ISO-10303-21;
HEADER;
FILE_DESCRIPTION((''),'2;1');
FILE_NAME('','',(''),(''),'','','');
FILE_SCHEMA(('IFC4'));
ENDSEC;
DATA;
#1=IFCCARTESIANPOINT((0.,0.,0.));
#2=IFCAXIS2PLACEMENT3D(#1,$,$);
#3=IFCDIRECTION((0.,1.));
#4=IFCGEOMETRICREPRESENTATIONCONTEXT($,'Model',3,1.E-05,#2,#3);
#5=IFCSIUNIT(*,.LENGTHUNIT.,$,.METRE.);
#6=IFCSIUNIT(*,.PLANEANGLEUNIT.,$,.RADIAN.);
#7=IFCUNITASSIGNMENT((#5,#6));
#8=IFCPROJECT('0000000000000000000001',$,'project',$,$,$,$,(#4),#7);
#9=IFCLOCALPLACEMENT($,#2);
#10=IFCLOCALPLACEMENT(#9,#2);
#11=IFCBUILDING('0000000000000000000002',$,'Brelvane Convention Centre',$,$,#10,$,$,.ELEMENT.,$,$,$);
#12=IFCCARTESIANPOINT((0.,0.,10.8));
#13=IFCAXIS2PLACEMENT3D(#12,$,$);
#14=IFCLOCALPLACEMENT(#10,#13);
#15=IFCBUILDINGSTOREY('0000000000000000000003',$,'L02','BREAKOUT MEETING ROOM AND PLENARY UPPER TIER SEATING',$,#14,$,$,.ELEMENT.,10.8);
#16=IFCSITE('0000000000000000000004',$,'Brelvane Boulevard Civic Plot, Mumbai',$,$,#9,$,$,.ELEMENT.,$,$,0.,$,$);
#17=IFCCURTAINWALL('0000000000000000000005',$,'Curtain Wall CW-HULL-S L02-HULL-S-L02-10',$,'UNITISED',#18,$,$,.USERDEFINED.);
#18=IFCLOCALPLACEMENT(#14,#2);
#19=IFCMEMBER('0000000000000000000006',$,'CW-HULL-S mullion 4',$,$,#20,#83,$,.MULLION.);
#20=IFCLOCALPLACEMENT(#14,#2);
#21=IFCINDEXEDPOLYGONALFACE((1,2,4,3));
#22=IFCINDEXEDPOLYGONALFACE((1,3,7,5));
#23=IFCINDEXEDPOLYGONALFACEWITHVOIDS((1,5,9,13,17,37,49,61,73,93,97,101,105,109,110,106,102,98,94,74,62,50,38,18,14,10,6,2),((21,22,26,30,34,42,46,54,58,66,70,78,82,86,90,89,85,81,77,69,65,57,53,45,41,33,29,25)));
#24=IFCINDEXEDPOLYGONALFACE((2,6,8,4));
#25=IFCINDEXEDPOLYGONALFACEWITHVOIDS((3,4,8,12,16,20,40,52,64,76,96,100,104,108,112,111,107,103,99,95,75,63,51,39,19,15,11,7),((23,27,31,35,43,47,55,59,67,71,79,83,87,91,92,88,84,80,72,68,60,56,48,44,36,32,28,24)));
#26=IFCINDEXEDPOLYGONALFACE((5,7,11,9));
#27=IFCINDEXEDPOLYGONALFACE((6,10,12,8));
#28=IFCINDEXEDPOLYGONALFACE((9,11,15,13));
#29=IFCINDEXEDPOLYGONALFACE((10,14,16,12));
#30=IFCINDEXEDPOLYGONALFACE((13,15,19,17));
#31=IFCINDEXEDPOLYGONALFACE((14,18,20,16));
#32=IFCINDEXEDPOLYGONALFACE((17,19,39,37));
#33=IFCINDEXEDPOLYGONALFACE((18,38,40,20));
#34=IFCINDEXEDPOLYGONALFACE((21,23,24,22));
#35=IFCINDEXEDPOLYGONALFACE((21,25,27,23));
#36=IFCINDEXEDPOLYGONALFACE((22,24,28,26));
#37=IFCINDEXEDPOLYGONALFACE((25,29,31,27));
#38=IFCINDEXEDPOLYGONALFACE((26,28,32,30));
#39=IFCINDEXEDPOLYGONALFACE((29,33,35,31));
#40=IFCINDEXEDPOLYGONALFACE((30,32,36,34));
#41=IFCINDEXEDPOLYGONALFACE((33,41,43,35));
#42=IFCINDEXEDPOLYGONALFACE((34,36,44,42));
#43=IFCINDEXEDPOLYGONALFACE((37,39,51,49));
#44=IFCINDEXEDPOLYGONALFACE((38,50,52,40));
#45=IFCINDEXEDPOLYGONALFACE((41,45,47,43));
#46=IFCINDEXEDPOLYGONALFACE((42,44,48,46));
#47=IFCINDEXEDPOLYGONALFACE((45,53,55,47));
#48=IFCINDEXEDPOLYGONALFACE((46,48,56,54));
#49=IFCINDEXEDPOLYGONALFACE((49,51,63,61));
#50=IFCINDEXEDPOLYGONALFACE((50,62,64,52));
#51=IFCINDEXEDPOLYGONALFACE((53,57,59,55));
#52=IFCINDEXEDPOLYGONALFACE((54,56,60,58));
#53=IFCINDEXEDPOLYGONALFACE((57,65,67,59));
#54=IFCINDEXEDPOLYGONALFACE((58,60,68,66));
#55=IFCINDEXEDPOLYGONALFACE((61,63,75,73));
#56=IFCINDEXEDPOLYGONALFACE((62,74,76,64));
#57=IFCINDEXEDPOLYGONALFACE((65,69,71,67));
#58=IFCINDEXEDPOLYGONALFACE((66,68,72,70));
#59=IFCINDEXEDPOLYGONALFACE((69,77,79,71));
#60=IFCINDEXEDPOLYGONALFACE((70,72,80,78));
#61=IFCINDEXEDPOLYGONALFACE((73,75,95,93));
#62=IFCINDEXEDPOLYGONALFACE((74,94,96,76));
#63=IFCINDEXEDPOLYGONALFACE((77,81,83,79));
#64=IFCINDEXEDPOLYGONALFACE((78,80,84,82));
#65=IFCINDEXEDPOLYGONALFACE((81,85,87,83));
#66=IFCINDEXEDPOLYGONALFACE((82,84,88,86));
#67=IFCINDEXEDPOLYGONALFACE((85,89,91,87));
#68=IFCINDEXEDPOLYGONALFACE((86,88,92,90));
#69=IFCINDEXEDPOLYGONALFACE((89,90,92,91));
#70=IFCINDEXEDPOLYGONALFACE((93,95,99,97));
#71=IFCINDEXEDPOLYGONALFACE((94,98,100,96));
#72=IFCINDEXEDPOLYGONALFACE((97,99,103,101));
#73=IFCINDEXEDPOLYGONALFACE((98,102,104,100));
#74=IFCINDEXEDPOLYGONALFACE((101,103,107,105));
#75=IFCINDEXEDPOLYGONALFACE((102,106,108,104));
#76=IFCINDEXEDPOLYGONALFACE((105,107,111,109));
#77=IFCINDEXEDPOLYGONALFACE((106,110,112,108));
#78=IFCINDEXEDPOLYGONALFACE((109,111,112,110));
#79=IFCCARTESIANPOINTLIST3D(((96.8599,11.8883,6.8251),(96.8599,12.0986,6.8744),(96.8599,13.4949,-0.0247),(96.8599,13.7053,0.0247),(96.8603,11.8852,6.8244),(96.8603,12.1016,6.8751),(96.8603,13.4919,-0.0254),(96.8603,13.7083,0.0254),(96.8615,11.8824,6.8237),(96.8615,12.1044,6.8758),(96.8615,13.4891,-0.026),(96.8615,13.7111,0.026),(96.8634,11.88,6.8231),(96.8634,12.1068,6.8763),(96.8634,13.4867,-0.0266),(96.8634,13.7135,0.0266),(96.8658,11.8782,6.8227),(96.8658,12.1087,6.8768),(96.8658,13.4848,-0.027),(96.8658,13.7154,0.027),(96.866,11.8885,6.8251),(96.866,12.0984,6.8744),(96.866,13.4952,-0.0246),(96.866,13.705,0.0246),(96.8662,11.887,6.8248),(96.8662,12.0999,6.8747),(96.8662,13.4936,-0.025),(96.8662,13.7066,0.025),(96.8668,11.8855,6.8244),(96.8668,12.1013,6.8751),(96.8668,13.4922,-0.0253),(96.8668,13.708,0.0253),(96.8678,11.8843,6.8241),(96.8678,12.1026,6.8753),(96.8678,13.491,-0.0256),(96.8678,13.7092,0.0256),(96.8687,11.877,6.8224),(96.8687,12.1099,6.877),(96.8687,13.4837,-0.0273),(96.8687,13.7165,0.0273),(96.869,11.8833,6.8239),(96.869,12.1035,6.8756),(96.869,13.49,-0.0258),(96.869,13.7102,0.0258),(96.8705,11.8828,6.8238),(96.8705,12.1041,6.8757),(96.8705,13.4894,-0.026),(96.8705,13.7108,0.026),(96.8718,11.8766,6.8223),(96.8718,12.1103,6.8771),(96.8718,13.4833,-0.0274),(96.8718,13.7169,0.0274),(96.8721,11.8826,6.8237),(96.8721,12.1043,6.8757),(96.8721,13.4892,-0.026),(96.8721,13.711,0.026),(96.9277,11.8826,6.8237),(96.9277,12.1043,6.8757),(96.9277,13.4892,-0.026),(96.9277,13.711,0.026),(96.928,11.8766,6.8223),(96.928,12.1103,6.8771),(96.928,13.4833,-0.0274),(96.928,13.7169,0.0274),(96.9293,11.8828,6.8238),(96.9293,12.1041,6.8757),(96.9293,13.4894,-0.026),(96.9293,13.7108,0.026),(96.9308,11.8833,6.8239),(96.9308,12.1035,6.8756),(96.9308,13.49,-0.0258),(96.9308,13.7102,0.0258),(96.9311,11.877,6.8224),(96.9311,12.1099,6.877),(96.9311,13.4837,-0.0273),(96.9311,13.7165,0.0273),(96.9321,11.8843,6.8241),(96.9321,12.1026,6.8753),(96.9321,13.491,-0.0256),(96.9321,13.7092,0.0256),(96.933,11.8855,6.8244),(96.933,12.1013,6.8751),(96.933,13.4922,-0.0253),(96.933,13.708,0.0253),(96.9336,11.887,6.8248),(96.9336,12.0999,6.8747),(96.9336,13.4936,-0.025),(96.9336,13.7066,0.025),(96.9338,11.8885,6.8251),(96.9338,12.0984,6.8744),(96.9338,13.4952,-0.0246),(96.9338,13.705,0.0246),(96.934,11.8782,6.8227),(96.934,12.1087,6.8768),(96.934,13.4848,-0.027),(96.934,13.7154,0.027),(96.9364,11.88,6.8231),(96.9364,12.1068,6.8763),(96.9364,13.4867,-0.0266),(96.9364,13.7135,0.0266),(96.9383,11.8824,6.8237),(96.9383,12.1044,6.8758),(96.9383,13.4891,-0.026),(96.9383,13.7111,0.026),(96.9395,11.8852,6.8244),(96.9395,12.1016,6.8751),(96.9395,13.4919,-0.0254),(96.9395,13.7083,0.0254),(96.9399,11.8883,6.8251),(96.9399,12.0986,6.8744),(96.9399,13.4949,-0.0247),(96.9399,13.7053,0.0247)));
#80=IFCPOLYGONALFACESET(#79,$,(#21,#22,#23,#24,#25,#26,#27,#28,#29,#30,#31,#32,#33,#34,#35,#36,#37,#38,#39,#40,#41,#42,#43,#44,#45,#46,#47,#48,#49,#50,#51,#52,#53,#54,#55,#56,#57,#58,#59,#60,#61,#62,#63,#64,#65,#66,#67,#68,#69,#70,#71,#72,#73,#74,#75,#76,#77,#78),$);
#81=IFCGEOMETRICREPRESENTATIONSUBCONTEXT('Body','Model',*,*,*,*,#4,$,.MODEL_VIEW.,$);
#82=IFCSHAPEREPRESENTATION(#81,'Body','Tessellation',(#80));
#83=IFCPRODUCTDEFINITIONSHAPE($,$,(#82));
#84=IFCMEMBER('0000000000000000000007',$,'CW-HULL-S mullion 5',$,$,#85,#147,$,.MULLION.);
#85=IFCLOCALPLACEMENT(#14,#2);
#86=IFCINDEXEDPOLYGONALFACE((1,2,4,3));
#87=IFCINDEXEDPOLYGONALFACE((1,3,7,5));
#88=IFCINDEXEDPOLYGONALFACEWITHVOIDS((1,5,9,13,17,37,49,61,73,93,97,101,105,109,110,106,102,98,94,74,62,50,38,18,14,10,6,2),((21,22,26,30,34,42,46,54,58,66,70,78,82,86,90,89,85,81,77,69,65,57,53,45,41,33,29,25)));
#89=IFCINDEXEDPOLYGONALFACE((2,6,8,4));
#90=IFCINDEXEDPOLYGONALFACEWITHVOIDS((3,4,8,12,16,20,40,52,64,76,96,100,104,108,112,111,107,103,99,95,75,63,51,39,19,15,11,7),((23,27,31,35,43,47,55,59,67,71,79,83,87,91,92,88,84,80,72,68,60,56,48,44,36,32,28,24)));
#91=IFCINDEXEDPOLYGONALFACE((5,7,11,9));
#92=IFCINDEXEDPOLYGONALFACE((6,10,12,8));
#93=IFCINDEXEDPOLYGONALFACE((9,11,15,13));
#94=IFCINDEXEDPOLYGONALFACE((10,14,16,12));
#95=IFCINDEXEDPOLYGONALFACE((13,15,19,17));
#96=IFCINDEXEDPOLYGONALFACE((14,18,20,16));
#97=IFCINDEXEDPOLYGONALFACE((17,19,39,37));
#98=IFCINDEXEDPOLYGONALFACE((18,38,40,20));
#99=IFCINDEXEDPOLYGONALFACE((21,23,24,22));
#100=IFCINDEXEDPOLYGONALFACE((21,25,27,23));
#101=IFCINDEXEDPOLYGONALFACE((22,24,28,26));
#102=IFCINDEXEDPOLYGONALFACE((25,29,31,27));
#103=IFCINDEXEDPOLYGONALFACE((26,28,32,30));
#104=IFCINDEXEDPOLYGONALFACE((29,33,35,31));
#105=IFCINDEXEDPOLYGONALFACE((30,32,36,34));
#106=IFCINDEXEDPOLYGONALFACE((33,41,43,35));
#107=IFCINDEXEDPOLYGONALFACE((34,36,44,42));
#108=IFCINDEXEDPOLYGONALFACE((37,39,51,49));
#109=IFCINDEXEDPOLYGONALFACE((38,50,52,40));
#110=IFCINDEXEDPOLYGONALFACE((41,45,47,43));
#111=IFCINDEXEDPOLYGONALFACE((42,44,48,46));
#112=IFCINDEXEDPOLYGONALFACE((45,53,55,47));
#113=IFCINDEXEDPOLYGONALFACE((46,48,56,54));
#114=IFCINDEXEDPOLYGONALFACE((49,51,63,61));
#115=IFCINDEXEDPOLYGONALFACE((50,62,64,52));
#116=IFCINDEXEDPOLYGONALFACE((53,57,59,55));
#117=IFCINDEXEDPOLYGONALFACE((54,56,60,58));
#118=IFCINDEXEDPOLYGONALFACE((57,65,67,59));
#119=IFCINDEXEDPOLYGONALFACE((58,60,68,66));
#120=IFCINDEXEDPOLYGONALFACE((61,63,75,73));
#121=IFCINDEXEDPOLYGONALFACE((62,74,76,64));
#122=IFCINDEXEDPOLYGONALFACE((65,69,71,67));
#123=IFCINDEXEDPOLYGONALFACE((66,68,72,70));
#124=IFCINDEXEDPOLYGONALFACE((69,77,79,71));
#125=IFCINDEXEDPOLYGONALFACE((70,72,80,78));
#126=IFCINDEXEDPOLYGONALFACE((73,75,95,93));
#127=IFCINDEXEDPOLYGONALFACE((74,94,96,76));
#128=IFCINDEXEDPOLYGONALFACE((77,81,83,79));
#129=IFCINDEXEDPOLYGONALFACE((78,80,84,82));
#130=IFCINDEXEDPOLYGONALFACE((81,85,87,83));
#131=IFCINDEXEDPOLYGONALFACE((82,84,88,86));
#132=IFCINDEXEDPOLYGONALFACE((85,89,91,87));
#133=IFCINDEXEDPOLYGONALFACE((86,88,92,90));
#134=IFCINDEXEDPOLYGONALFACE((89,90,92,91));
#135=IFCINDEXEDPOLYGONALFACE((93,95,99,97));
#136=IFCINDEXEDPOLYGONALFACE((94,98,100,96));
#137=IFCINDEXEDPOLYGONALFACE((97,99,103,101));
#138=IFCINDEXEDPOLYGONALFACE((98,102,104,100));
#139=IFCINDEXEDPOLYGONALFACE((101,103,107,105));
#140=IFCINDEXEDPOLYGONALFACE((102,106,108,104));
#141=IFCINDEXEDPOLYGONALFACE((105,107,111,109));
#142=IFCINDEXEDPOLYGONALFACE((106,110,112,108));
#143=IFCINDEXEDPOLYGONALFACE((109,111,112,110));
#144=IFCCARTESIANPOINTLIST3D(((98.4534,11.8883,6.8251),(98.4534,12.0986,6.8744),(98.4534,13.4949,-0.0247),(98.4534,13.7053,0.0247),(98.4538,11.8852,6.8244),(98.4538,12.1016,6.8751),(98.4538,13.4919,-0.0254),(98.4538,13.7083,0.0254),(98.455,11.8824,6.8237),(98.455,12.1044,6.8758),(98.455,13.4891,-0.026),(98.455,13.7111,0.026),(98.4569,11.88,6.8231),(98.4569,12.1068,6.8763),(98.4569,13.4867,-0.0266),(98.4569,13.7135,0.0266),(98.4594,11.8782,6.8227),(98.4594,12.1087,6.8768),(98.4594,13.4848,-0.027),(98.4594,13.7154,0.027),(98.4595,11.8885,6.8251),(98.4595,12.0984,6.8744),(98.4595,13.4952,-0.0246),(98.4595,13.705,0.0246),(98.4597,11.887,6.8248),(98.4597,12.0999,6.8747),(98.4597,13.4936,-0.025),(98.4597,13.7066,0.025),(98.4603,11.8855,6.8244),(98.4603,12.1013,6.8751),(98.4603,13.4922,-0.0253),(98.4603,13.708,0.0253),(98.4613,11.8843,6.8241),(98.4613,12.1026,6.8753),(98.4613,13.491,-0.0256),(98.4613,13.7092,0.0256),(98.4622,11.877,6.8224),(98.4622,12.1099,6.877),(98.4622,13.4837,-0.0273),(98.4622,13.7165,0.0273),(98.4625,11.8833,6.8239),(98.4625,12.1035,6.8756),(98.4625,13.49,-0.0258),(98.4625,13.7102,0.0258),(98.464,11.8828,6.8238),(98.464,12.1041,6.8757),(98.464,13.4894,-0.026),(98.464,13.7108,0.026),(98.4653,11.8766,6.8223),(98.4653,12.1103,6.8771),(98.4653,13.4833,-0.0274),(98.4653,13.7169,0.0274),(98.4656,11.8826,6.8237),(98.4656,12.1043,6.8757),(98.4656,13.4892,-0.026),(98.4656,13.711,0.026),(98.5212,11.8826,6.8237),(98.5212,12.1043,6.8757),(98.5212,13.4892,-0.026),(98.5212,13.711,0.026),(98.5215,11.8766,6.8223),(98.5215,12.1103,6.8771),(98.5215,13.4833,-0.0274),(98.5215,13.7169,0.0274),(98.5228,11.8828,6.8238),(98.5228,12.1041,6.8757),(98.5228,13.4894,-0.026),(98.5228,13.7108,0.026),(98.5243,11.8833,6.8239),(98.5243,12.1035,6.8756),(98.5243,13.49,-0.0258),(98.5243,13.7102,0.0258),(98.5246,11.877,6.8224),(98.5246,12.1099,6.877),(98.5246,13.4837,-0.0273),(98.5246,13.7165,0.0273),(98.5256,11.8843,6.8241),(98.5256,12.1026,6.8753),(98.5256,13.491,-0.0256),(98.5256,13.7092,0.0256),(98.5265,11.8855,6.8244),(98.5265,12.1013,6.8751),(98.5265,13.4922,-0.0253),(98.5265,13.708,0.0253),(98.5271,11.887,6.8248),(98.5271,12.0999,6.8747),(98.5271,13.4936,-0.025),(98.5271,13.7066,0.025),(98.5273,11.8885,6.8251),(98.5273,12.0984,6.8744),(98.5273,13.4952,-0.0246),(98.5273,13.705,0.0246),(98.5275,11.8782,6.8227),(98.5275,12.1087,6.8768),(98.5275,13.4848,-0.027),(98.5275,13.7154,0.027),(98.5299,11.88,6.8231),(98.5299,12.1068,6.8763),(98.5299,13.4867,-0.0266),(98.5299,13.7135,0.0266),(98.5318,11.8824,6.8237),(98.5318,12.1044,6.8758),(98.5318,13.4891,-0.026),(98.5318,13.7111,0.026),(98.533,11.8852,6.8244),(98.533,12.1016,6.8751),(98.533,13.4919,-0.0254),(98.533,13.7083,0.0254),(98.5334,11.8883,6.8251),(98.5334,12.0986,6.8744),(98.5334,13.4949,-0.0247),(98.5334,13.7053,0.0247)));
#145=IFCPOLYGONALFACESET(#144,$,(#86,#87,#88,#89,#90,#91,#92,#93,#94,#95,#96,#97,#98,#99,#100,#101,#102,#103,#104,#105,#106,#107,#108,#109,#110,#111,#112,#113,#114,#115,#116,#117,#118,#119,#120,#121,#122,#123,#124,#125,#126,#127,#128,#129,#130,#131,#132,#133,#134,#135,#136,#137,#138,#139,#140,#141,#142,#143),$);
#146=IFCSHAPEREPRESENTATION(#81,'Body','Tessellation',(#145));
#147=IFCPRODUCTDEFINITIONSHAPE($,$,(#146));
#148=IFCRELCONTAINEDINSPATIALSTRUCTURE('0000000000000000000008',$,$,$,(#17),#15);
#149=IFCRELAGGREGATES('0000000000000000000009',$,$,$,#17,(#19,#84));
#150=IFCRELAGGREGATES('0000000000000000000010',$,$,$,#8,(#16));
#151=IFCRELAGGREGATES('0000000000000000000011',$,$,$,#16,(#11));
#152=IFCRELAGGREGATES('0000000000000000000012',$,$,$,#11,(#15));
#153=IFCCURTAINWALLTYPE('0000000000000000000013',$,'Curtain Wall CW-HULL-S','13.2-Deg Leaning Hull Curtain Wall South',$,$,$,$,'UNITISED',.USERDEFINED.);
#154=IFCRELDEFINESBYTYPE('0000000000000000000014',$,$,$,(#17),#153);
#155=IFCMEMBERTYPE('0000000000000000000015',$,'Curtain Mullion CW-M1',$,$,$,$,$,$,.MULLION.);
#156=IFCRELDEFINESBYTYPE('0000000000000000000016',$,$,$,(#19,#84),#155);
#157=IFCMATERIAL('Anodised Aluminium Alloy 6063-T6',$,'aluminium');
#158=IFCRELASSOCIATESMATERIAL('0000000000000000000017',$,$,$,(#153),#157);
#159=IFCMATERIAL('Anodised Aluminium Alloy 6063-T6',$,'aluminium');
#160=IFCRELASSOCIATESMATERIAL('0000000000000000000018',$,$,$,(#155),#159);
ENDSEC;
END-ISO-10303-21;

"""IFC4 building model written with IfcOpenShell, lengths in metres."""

from ifc_helpers import new_model, si_unit, direction, frame, origin, origin_2d, place, context, subcontext, project, spatial, hollow_rectangle, extrude, material, material_profile, profile_set, type_object, element, aggregate, save


model = new_model("IFC4")

# Units and contexts
model_context = context("Model", 3, precision=1e-05, world=origin(), true_north=direction((0.0, 1.0)))
body_context = subcontext(model_context, "Body", "Model", "MODEL_VIEW")
ifc_project = project(units=[si_unit("LENGTHUNIT", "METRE"), si_unit("PLANEANGLEUNIT", "RADIAN")], contexts=[model_context])

# Site, building, storey
site_placement = place(None, origin())
site = spatial("IfcSite", under=ifc_project, at=site_placement, Name="Brelvane Boulevard Civic Plot, Mumbai", CompositionType="ELEMENT", RefElevation=0.0)
building_placement = place(site_placement, origin())
building = spatial("IfcBuilding", under=site, at=building_placement, Name="Brelvane Convention Centre", CompositionType="ELEMENT")
storey_placement = place(building_placement, frame((0.0, 0.0, 10.8)))
storey = spatial("IfcBuildingStorey", under=building, at=storey_placement, Name="L02", Description="BREAKOUT MEETING ROOM AND PLENARY UPPER TIER SEATING", CompositionType="ELEMENT", Elevation=10.8)

# Curtain wall, members
ifc_material_1 = material(Name="Anodised Aluminium Alloy 6063-T6", Category="aluminium")
curtain_wall_type = type_object("IfcCurtainWallType", Name="Curtain Wall CW-HULL-S", Description="13.2-Deg Leaning Hull Curtain Wall South", ElementType="UNITISED", PredefinedType="USERDEFINED", material=ifc_material_1)
curtain_wall_1_placement = place(storey_placement, origin())
curtain_wall_1 = element("IfcCurtainWall", 1, at=curtain_wall_1_placement, inside=storey, type_object=curtain_wall_type, Name="Curtain Wall CW-HULL-S L02-HULL-S-L02-10", ObjectType="UNITISED", PredefinedType="USERDEFINED")
ifc_material_2 = material(Name="Anodised Aluminium Alloy 6063-T6", Category="aluminium")
ifc_material_profile_1 = material_profile(ifc_material_2, hollow_rectangle(XDim=0.0801, YDim=0.24, WallThickness=0.0061, InnerFilletRadius=0.0061, OuterFilletRadius=0.012, at=origin_2d()), Name="ALU-M 240x80x6.0")
ifc_profile_set_1 = profile_set([ifc_material_profile_1], Name="Anodised Aluminium Alloy 6063-T6")
member_type_1 = type_object("IfcMemberType", Name="Curtain Mullion CW-M1", PredefinedType="MULLION", material=ifc_profile_set_1)
member_1_placement = place(storey_placement, frame((96.8999, 13.6001, 0.0), z_axis=(0.0, -0.22836, 0.973577), x_axis=(1.0, 0.0, 0.0)))
member_1 = element("IfcMember", 2, at=member_1_placement, type_object=member_type_1, Name="CW-HULL-S mullion 4", PredefinedType="MULLION", context=body_context, shape_type="SweptSolid", body=[
    extrude(hollow_rectangle(XDim=0.0801, YDim=0.24, WallThickness=0.0061, InnerFilletRadius=0.0061, OuterFilletRadius=0.012, at=origin_2d()), origin(), (0.0, 0.0, 1.0), 7.0356),
])
member_2_placement = place(storey_placement, frame((98.4934, 13.6001, 0.0), z_axis=(0.0, -0.22836, 0.973577), x_axis=(1.0, 0.0, 0.0)))
member_2 = element("IfcMember", 3, at=member_2_placement, type_object=member_type_1, Name="CW-HULL-S mullion 5", PredefinedType="MULLION", context=body_context, shape_type="SweptSolid", body=[
    extrude(hollow_rectangle(XDim=0.0801, YDim=0.24, WallThickness=0.0061, InnerFilletRadius=0.0061, OuterFilletRadius=0.012, at=origin_2d()), origin(), (0.0, 0.0, 1.0), 7.0356),
])

aggregate(curtain_wall_1, [member_1, member_2])

save(model, "model.ifc")
